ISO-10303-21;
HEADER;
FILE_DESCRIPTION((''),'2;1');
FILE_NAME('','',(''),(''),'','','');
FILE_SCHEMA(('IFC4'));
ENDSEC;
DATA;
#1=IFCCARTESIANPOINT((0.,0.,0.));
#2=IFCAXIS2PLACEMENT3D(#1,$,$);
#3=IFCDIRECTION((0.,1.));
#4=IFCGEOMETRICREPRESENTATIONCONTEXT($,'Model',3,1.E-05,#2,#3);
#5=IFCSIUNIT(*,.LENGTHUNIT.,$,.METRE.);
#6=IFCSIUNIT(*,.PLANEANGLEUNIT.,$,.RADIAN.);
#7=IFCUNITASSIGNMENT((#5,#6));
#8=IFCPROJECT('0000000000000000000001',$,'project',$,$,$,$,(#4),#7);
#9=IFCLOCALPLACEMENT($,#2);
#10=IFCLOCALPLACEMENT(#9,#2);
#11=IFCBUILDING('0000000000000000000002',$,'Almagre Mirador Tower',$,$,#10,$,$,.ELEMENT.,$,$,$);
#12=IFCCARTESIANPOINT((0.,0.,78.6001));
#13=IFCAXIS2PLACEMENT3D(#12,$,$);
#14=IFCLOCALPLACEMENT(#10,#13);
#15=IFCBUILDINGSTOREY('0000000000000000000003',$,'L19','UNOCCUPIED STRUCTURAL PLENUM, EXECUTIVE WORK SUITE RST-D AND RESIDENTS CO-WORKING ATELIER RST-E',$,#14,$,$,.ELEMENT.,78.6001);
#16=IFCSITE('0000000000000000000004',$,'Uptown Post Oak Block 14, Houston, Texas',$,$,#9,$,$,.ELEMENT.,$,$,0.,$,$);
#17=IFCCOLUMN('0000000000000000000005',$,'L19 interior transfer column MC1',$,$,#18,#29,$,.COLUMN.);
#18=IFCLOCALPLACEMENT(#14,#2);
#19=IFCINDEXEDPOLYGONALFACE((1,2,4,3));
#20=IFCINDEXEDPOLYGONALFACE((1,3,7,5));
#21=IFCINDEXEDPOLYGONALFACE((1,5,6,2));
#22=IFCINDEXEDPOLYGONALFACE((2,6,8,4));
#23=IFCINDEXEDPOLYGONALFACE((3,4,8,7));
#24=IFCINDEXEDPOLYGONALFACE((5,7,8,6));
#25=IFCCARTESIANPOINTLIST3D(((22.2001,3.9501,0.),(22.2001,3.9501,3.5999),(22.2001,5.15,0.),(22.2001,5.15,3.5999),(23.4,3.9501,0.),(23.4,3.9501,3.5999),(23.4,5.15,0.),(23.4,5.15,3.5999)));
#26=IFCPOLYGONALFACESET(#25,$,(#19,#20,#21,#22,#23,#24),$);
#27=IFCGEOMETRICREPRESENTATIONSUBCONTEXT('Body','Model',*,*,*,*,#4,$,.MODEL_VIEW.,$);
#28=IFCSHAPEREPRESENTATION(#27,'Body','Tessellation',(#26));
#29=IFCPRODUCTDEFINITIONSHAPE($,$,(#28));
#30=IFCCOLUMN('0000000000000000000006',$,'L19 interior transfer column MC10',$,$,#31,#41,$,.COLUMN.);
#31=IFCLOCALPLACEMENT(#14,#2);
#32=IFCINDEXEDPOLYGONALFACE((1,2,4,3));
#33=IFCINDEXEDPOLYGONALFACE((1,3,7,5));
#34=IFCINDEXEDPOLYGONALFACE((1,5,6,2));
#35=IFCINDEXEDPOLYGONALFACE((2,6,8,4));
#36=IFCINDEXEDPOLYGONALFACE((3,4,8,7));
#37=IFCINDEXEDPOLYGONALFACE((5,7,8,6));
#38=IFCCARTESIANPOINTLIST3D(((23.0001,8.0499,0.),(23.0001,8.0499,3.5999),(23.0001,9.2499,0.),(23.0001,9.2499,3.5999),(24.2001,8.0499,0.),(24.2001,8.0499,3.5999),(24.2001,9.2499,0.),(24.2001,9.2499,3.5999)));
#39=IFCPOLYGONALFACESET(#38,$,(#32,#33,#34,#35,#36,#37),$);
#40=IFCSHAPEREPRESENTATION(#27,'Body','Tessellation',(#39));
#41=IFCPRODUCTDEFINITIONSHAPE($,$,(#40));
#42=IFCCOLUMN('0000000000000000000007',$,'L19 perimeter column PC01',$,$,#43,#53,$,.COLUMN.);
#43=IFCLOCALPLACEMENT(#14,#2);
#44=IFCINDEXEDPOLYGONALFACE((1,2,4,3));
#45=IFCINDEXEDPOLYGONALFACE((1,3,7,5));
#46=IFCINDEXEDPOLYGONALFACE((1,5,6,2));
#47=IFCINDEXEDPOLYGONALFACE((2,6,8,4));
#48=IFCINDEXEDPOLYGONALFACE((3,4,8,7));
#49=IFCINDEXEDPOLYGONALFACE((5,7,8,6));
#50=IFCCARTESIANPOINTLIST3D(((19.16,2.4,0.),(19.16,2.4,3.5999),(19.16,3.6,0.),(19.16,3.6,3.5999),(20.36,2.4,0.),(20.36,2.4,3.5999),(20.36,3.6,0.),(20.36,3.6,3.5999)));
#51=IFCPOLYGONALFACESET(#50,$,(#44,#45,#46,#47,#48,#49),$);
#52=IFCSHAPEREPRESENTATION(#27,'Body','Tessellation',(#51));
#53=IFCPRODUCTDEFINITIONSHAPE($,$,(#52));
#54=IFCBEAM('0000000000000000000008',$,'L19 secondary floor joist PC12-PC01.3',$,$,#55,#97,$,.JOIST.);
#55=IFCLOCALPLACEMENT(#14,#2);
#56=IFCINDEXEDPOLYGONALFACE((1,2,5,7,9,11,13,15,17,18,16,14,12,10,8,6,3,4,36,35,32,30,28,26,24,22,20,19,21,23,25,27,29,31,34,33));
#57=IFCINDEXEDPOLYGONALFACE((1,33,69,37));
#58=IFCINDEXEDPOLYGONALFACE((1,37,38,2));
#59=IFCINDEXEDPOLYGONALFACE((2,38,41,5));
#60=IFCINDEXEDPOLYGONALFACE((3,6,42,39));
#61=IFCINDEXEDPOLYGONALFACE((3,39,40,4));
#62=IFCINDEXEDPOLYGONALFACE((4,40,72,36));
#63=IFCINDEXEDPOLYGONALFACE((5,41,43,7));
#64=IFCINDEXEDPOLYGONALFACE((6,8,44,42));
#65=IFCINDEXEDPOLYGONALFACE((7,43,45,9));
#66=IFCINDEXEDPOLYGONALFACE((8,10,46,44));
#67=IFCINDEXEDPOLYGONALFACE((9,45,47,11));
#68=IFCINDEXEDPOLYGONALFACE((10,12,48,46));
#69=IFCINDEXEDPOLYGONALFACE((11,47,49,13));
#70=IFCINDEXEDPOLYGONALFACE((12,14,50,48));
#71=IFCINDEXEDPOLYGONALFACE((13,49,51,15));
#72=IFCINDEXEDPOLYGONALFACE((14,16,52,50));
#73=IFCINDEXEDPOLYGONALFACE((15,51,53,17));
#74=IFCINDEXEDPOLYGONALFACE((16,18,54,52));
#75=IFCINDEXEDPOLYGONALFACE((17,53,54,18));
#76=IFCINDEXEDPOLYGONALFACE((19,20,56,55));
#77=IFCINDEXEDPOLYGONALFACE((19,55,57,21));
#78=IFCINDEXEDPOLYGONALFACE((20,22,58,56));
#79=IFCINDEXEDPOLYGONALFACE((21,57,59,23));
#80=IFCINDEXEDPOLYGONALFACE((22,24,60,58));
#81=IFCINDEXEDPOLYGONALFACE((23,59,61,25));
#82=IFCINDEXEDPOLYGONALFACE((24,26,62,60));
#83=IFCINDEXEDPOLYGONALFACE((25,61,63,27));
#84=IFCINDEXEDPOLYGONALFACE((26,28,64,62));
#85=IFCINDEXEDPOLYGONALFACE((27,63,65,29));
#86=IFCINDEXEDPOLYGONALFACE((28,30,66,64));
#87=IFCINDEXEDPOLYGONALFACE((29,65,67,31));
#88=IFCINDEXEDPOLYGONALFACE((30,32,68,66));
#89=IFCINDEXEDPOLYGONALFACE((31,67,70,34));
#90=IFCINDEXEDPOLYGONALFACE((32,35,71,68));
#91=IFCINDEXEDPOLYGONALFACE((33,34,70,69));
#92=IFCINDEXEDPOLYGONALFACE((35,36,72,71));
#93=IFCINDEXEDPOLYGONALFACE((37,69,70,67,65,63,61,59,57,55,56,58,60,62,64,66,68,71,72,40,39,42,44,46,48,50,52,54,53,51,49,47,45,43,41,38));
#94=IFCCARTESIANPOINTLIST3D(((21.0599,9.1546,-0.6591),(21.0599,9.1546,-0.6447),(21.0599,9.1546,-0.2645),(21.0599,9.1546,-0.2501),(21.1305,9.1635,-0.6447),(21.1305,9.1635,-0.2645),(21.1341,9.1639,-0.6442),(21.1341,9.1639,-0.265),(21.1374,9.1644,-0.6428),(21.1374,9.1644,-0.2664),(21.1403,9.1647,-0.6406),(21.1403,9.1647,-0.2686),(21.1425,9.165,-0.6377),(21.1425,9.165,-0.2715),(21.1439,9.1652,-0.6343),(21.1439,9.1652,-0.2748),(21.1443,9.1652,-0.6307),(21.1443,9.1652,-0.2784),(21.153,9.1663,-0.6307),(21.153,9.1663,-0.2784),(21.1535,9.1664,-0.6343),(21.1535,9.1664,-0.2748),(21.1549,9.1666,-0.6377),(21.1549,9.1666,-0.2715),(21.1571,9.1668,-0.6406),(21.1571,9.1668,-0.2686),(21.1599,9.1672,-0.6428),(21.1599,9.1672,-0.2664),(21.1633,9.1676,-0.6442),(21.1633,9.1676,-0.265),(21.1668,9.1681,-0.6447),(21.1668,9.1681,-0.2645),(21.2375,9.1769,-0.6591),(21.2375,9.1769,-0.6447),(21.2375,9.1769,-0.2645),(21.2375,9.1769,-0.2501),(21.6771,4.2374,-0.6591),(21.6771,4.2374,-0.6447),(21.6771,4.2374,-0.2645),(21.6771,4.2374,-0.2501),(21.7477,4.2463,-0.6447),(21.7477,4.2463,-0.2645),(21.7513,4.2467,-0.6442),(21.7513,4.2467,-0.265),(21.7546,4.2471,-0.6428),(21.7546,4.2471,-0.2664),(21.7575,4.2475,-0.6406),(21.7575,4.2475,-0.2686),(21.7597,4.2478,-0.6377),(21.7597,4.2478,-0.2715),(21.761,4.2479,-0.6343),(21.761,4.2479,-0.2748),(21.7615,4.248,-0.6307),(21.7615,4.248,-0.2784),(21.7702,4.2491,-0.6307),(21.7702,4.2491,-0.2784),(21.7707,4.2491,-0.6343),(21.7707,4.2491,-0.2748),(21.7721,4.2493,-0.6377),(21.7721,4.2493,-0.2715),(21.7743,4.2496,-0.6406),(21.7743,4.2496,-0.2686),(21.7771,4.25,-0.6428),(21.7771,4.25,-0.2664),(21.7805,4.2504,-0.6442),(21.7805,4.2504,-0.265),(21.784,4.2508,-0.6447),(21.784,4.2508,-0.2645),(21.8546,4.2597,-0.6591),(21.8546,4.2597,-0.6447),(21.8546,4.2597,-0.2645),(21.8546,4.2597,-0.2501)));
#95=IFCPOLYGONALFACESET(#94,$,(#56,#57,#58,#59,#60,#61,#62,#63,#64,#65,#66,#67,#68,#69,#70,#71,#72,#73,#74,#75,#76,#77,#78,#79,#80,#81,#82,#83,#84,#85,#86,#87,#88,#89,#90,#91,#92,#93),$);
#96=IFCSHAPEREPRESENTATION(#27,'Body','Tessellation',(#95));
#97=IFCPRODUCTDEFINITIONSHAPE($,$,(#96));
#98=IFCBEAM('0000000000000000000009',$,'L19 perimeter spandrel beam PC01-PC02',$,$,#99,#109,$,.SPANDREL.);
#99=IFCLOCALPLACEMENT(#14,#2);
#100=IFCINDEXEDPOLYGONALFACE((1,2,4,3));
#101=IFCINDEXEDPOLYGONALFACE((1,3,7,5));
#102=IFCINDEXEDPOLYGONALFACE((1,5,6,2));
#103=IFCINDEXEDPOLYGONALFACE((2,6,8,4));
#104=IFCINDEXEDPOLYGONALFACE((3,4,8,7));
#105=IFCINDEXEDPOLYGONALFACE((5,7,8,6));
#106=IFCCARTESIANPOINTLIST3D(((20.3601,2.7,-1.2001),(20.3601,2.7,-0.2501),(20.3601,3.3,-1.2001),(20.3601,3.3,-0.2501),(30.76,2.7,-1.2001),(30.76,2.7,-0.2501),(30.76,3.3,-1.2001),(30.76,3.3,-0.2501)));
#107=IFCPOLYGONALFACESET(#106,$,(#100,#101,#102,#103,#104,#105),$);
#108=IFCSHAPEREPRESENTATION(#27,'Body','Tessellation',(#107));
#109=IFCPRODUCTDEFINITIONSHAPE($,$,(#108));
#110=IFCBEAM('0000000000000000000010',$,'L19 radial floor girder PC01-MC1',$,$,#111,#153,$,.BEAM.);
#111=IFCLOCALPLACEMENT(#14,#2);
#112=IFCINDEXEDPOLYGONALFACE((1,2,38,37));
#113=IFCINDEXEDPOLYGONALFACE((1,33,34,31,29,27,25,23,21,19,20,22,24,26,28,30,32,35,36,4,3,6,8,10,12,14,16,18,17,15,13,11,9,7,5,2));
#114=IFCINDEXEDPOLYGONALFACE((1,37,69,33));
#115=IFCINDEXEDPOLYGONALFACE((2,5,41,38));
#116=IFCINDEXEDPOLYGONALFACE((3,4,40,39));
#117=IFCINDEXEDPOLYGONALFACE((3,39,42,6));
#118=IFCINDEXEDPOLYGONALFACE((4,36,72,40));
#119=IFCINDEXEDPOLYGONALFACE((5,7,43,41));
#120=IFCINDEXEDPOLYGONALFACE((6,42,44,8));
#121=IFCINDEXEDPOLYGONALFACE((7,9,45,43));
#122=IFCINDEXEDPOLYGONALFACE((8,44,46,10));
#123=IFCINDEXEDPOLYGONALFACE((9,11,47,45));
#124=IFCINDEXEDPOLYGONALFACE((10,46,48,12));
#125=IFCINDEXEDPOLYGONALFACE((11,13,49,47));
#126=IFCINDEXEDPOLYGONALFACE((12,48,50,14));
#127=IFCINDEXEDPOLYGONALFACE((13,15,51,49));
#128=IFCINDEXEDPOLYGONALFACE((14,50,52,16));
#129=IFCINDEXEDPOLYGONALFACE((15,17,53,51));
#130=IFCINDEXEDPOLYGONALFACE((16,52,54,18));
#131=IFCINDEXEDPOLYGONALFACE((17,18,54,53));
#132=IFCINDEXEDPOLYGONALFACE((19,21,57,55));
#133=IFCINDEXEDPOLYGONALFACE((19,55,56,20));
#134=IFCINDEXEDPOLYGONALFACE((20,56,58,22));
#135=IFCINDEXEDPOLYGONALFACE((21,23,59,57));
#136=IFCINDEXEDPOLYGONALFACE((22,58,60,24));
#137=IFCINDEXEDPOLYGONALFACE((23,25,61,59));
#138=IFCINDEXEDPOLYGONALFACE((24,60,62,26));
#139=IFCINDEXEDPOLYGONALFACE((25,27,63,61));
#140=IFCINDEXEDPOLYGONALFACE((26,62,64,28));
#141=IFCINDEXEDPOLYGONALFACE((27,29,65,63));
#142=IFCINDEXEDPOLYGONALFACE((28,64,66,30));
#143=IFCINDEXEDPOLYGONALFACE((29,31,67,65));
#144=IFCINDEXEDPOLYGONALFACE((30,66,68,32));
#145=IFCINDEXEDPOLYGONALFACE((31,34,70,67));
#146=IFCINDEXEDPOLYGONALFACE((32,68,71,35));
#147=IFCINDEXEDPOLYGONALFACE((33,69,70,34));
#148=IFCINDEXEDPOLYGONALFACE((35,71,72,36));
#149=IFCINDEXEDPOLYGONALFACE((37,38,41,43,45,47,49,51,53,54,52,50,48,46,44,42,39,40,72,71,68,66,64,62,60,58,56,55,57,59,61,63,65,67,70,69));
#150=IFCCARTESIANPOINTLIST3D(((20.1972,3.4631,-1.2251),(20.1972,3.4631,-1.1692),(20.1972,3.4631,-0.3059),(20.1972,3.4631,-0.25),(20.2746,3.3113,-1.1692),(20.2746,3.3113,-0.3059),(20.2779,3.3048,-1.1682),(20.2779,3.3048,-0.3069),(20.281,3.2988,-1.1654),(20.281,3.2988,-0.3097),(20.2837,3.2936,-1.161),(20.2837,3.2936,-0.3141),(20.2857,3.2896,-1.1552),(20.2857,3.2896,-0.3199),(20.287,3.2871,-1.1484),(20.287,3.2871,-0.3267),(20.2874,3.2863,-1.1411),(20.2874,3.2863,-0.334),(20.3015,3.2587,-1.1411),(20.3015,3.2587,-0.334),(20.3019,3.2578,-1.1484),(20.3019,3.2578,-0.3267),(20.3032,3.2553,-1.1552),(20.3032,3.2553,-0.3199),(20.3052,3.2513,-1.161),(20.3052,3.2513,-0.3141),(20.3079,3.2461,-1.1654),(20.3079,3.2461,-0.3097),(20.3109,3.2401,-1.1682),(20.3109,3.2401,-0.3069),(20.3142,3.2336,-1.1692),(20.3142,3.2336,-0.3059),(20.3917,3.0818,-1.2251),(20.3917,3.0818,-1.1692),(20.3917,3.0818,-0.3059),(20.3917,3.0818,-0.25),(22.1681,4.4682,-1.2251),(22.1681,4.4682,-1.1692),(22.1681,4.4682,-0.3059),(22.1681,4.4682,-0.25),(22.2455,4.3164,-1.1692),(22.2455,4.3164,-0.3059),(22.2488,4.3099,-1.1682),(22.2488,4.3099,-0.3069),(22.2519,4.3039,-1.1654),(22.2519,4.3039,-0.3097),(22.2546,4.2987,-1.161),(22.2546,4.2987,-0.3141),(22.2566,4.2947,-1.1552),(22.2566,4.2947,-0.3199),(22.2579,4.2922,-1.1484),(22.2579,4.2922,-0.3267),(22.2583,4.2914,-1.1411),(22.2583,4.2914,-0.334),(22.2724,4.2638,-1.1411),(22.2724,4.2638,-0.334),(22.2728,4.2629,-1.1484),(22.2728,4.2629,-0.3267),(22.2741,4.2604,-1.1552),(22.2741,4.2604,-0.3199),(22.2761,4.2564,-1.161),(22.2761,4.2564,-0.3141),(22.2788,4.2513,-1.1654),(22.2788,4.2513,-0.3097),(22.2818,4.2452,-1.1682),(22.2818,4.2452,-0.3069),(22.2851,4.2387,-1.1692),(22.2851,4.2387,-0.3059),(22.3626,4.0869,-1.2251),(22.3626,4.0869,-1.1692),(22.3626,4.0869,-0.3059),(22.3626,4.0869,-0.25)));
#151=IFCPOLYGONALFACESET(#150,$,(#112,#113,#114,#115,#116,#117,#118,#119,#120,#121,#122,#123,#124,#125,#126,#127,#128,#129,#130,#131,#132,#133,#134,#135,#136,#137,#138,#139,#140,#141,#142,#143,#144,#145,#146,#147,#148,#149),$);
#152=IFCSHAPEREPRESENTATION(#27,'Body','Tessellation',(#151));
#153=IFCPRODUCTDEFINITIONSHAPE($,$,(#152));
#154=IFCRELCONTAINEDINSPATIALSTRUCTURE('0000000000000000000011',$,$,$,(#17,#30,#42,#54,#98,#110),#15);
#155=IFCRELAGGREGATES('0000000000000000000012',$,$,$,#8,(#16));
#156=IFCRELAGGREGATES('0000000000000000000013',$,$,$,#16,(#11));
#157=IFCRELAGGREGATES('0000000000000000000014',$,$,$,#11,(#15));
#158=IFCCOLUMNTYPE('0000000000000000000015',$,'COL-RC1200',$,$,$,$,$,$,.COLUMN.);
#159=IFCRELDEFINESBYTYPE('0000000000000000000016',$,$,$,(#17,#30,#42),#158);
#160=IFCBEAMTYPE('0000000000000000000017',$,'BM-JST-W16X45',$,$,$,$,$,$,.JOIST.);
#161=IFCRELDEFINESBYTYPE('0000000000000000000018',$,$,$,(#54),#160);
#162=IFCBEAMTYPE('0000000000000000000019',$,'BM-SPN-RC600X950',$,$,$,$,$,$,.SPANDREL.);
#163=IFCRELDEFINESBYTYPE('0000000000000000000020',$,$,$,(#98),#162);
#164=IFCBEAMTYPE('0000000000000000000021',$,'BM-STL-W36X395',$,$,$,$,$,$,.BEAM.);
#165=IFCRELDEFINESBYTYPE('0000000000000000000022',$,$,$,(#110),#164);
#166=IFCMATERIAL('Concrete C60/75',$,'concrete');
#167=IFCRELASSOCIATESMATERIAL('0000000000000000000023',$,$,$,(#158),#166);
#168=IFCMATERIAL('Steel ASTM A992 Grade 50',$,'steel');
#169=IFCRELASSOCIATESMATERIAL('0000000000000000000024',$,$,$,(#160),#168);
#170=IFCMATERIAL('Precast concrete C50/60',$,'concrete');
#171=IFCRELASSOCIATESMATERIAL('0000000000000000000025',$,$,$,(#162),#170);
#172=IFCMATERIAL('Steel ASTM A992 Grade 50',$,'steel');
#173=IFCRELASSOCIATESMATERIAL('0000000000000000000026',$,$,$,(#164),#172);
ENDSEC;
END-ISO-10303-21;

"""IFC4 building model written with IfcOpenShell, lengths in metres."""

from ifc_helpers import new_model, si_unit, direction, frame, origin, origin_2d, place, context, subcontext, project, spatial, rectangle, i_section, extrude, material, material_profile, profile_set, type_object, element, save


model = new_model("IFC4")

# Units and contexts
model_context = context("Model", 3, precision=1e-05, world=origin(), true_north=direction((0.0, 1.0)))
body_context = subcontext(model_context, "Body", "Model", "MODEL_VIEW")
ifc_project = project(units=[si_unit("LENGTHUNIT", "METRE"), si_unit("PLANEANGLEUNIT", "RADIAN")], contexts=[model_context])

# Site, building, storey
site_placement = place(None, origin())
site = spatial("IfcSite", under=ifc_project, at=site_placement, Name="Uptown Post Oak Block 14, Houston, Texas", CompositionType="ELEMENT", RefElevation=0.0)
building_placement = place(site_placement, origin())
building = spatial("IfcBuilding", under=site, at=building_placement, Name="Almagre Mirador Tower", CompositionType="ELEMENT")
storey_placement = place(building_placement, frame((0.0, 0.0, 78.6001)))
storey = spatial("IfcBuildingStorey", under=building, at=storey_placement, Name="L19", Description="UNOCCUPIED STRUCTURAL PLENUM, EXECUTIVE WORK SUITE RST-D AND RESIDENTS CO-WORKING ATELIER RST-E", CompositionType="ELEMENT", Elevation=78.6001)

# Columns
ifc_material_1 = material(Name="Concrete C60/75", Category="concrete")
ifc_material_profile_1 = material_profile(ifc_material_1, rectangle(XDim=1.2, YDim=1.2, at=origin_2d()), Name="RC1200X1200")
ifc_profile_set_1 = profile_set([ifc_material_profile_1], Name="Concrete C60/75")
column_type = type_object("IfcColumnType", Name="COL-RC1200", PredefinedType="COLUMN", material=ifc_profile_set_1)
for number, where, z_axis, x_axis, name in (
    (1, (22.8, 4.55, 0.0), (0.0, 0.0, 1.0), (1.0, 0.0, 0.0), "L19 interior transfer column MC1"),
    (2, (23.6001, 8.6499, 0.0), (0.0, 0.0, 1.0), (1.0, 0.0, 0.0), "L19 interior transfer column MC10"),
    (3, (19.76, 3.0, 0.0), (0.0, 0.0, 1.0), (1.0, 0.0, 0.0), "L19 perimeter column PC01"),
):
    element("IfcColumn", number, at=place(storey_placement, frame(where, z_axis=z_axis, x_axis=x_axis)), inside=storey, type_object=column_type, Name=name, PredefinedType="COLUMN", context=body_context, shape_type="SweptSolid", body=[
        extrude(rectangle(XDim=1.2, YDim=1.2, at=origin_2d()), origin(), (0.0, 0.0, 1.0), 3.5999),
    ])

# Beams
ifc_material_2 = material(Name="Steel ASTM A992 Grade 50", Category="steel")
ifc_material_profile_2 = material_profile(ifc_material_2, i_section(OverallWidth=0.179, OverallDepth=0.4089, WebThickness=0.0088, FlangeThickness=0.0144, FilletRadius=0.0139, at=origin_2d()), Name="W16X45")
ifc_profile_set_2 = profile_set([ifc_material_profile_2], Name="Steel ASTM A992 Grade 50")
beam_type_1 = type_object("IfcBeamType", Name="BM-JST-W16X45", PredefinedType="JOIST", material=ifc_profile_set_2)
beam_1_placement = place(storey_placement, frame((21.1487, 9.1658, -0.4546), z_axis=(0.124538, -0.992215, 0.0), x_axis=(0.992215, 0.124538, 0.0)))
element("IfcBeam", 4, at=beam_1_placement, inside=storey, type_object=beam_type_1, Name="L19 secondary floor joist PC12-PC01.3", PredefinedType="JOIST", context=body_context, shape_type="SweptSolid", body=[
    extrude(i_section(OverallWidth=0.179, OverallDepth=0.4089, WebThickness=0.0088, FlangeThickness=0.0144, FilletRadius=0.0139, at=origin_2d()), origin(), (0.0, 0.0, 1.0), 4.9558),
])
ifc_material_3 = material(Name="Precast concrete C50/60", Category="concrete")
ifc_material_profile_3 = material_profile(ifc_material_3, rectangle(XDim=0.6001, YDim=0.95, at=origin_2d()), Name="RC600X950")
ifc_profile_set_3 = profile_set([ifc_material_profile_3], Name="Precast concrete C50/60")
beam_type_2 = type_object("IfcBeamType", Name="BM-SPN-RC600X950", PredefinedType="SPANDREL", material=ifc_profile_set_3)
beam_2_placement = place(storey_placement, frame((20.3601, 3.0, -0.7251), z_axis=(1.0, 0.0, 0.0), x_axis=(0.0, 1.0, 0.0)))
element("IfcBeam", 5, at=beam_2_placement, inside=storey, type_object=beam_type_2, Name="L19 perimeter spandrel beam PC01-PC02", PredefinedType="SPANDREL", context=body_context, shape_type="SweptSolid", body=[
    extrude(rectangle(XDim=0.6001, YDim=0.95, at=origin_2d()), origin(), (0.0, 0.0, 1.0), 10.3999),
])
ifc_material_4 = material(Name="Steel ASTM A992 Grade 50", Category="steel")
ifc_material_profile_4 = material_profile(ifc_material_4, i_section(OverallWidth=0.428, OverallDepth=0.9751, WebThickness=0.031, FlangeThickness=0.0559, FilletRadius=0.0281, at=origin_2d()), Name="W36X395")
ifc_profile_set_4 = profile_set([ifc_material_profile_4], Name="Steel ASTM A992 Grade 50")
beam_type_3 = type_object("IfcBeamType", Name="BM-STL-W36X395", PredefinedType="BEAM", material=ifc_profile_set_4)
beam_3_placement = place(storey_placement, frame((20.2944, 3.2725, -0.7375), z_axis=(0.890846, 0.454306, 0.0), x_axis=(-0.454306, 0.890846, 0.0)))
element("IfcBeam", 6, at=beam_3_placement, inside=storey, type_object=beam_type_3, Name="L19 radial floor girder PC01-MC1", PredefinedType="BEAM", context=body_context, shape_type="SweptSolid", body=[
    extrude(i_section(OverallWidth=0.428, OverallDepth=0.9751, WebThickness=0.031, FlangeThickness=0.0559, FilletRadius=0.0281, at=origin_2d()), origin(), (0.0, 0.0, 1.0), 2.2124),
])

save(model, "model.ifc")
